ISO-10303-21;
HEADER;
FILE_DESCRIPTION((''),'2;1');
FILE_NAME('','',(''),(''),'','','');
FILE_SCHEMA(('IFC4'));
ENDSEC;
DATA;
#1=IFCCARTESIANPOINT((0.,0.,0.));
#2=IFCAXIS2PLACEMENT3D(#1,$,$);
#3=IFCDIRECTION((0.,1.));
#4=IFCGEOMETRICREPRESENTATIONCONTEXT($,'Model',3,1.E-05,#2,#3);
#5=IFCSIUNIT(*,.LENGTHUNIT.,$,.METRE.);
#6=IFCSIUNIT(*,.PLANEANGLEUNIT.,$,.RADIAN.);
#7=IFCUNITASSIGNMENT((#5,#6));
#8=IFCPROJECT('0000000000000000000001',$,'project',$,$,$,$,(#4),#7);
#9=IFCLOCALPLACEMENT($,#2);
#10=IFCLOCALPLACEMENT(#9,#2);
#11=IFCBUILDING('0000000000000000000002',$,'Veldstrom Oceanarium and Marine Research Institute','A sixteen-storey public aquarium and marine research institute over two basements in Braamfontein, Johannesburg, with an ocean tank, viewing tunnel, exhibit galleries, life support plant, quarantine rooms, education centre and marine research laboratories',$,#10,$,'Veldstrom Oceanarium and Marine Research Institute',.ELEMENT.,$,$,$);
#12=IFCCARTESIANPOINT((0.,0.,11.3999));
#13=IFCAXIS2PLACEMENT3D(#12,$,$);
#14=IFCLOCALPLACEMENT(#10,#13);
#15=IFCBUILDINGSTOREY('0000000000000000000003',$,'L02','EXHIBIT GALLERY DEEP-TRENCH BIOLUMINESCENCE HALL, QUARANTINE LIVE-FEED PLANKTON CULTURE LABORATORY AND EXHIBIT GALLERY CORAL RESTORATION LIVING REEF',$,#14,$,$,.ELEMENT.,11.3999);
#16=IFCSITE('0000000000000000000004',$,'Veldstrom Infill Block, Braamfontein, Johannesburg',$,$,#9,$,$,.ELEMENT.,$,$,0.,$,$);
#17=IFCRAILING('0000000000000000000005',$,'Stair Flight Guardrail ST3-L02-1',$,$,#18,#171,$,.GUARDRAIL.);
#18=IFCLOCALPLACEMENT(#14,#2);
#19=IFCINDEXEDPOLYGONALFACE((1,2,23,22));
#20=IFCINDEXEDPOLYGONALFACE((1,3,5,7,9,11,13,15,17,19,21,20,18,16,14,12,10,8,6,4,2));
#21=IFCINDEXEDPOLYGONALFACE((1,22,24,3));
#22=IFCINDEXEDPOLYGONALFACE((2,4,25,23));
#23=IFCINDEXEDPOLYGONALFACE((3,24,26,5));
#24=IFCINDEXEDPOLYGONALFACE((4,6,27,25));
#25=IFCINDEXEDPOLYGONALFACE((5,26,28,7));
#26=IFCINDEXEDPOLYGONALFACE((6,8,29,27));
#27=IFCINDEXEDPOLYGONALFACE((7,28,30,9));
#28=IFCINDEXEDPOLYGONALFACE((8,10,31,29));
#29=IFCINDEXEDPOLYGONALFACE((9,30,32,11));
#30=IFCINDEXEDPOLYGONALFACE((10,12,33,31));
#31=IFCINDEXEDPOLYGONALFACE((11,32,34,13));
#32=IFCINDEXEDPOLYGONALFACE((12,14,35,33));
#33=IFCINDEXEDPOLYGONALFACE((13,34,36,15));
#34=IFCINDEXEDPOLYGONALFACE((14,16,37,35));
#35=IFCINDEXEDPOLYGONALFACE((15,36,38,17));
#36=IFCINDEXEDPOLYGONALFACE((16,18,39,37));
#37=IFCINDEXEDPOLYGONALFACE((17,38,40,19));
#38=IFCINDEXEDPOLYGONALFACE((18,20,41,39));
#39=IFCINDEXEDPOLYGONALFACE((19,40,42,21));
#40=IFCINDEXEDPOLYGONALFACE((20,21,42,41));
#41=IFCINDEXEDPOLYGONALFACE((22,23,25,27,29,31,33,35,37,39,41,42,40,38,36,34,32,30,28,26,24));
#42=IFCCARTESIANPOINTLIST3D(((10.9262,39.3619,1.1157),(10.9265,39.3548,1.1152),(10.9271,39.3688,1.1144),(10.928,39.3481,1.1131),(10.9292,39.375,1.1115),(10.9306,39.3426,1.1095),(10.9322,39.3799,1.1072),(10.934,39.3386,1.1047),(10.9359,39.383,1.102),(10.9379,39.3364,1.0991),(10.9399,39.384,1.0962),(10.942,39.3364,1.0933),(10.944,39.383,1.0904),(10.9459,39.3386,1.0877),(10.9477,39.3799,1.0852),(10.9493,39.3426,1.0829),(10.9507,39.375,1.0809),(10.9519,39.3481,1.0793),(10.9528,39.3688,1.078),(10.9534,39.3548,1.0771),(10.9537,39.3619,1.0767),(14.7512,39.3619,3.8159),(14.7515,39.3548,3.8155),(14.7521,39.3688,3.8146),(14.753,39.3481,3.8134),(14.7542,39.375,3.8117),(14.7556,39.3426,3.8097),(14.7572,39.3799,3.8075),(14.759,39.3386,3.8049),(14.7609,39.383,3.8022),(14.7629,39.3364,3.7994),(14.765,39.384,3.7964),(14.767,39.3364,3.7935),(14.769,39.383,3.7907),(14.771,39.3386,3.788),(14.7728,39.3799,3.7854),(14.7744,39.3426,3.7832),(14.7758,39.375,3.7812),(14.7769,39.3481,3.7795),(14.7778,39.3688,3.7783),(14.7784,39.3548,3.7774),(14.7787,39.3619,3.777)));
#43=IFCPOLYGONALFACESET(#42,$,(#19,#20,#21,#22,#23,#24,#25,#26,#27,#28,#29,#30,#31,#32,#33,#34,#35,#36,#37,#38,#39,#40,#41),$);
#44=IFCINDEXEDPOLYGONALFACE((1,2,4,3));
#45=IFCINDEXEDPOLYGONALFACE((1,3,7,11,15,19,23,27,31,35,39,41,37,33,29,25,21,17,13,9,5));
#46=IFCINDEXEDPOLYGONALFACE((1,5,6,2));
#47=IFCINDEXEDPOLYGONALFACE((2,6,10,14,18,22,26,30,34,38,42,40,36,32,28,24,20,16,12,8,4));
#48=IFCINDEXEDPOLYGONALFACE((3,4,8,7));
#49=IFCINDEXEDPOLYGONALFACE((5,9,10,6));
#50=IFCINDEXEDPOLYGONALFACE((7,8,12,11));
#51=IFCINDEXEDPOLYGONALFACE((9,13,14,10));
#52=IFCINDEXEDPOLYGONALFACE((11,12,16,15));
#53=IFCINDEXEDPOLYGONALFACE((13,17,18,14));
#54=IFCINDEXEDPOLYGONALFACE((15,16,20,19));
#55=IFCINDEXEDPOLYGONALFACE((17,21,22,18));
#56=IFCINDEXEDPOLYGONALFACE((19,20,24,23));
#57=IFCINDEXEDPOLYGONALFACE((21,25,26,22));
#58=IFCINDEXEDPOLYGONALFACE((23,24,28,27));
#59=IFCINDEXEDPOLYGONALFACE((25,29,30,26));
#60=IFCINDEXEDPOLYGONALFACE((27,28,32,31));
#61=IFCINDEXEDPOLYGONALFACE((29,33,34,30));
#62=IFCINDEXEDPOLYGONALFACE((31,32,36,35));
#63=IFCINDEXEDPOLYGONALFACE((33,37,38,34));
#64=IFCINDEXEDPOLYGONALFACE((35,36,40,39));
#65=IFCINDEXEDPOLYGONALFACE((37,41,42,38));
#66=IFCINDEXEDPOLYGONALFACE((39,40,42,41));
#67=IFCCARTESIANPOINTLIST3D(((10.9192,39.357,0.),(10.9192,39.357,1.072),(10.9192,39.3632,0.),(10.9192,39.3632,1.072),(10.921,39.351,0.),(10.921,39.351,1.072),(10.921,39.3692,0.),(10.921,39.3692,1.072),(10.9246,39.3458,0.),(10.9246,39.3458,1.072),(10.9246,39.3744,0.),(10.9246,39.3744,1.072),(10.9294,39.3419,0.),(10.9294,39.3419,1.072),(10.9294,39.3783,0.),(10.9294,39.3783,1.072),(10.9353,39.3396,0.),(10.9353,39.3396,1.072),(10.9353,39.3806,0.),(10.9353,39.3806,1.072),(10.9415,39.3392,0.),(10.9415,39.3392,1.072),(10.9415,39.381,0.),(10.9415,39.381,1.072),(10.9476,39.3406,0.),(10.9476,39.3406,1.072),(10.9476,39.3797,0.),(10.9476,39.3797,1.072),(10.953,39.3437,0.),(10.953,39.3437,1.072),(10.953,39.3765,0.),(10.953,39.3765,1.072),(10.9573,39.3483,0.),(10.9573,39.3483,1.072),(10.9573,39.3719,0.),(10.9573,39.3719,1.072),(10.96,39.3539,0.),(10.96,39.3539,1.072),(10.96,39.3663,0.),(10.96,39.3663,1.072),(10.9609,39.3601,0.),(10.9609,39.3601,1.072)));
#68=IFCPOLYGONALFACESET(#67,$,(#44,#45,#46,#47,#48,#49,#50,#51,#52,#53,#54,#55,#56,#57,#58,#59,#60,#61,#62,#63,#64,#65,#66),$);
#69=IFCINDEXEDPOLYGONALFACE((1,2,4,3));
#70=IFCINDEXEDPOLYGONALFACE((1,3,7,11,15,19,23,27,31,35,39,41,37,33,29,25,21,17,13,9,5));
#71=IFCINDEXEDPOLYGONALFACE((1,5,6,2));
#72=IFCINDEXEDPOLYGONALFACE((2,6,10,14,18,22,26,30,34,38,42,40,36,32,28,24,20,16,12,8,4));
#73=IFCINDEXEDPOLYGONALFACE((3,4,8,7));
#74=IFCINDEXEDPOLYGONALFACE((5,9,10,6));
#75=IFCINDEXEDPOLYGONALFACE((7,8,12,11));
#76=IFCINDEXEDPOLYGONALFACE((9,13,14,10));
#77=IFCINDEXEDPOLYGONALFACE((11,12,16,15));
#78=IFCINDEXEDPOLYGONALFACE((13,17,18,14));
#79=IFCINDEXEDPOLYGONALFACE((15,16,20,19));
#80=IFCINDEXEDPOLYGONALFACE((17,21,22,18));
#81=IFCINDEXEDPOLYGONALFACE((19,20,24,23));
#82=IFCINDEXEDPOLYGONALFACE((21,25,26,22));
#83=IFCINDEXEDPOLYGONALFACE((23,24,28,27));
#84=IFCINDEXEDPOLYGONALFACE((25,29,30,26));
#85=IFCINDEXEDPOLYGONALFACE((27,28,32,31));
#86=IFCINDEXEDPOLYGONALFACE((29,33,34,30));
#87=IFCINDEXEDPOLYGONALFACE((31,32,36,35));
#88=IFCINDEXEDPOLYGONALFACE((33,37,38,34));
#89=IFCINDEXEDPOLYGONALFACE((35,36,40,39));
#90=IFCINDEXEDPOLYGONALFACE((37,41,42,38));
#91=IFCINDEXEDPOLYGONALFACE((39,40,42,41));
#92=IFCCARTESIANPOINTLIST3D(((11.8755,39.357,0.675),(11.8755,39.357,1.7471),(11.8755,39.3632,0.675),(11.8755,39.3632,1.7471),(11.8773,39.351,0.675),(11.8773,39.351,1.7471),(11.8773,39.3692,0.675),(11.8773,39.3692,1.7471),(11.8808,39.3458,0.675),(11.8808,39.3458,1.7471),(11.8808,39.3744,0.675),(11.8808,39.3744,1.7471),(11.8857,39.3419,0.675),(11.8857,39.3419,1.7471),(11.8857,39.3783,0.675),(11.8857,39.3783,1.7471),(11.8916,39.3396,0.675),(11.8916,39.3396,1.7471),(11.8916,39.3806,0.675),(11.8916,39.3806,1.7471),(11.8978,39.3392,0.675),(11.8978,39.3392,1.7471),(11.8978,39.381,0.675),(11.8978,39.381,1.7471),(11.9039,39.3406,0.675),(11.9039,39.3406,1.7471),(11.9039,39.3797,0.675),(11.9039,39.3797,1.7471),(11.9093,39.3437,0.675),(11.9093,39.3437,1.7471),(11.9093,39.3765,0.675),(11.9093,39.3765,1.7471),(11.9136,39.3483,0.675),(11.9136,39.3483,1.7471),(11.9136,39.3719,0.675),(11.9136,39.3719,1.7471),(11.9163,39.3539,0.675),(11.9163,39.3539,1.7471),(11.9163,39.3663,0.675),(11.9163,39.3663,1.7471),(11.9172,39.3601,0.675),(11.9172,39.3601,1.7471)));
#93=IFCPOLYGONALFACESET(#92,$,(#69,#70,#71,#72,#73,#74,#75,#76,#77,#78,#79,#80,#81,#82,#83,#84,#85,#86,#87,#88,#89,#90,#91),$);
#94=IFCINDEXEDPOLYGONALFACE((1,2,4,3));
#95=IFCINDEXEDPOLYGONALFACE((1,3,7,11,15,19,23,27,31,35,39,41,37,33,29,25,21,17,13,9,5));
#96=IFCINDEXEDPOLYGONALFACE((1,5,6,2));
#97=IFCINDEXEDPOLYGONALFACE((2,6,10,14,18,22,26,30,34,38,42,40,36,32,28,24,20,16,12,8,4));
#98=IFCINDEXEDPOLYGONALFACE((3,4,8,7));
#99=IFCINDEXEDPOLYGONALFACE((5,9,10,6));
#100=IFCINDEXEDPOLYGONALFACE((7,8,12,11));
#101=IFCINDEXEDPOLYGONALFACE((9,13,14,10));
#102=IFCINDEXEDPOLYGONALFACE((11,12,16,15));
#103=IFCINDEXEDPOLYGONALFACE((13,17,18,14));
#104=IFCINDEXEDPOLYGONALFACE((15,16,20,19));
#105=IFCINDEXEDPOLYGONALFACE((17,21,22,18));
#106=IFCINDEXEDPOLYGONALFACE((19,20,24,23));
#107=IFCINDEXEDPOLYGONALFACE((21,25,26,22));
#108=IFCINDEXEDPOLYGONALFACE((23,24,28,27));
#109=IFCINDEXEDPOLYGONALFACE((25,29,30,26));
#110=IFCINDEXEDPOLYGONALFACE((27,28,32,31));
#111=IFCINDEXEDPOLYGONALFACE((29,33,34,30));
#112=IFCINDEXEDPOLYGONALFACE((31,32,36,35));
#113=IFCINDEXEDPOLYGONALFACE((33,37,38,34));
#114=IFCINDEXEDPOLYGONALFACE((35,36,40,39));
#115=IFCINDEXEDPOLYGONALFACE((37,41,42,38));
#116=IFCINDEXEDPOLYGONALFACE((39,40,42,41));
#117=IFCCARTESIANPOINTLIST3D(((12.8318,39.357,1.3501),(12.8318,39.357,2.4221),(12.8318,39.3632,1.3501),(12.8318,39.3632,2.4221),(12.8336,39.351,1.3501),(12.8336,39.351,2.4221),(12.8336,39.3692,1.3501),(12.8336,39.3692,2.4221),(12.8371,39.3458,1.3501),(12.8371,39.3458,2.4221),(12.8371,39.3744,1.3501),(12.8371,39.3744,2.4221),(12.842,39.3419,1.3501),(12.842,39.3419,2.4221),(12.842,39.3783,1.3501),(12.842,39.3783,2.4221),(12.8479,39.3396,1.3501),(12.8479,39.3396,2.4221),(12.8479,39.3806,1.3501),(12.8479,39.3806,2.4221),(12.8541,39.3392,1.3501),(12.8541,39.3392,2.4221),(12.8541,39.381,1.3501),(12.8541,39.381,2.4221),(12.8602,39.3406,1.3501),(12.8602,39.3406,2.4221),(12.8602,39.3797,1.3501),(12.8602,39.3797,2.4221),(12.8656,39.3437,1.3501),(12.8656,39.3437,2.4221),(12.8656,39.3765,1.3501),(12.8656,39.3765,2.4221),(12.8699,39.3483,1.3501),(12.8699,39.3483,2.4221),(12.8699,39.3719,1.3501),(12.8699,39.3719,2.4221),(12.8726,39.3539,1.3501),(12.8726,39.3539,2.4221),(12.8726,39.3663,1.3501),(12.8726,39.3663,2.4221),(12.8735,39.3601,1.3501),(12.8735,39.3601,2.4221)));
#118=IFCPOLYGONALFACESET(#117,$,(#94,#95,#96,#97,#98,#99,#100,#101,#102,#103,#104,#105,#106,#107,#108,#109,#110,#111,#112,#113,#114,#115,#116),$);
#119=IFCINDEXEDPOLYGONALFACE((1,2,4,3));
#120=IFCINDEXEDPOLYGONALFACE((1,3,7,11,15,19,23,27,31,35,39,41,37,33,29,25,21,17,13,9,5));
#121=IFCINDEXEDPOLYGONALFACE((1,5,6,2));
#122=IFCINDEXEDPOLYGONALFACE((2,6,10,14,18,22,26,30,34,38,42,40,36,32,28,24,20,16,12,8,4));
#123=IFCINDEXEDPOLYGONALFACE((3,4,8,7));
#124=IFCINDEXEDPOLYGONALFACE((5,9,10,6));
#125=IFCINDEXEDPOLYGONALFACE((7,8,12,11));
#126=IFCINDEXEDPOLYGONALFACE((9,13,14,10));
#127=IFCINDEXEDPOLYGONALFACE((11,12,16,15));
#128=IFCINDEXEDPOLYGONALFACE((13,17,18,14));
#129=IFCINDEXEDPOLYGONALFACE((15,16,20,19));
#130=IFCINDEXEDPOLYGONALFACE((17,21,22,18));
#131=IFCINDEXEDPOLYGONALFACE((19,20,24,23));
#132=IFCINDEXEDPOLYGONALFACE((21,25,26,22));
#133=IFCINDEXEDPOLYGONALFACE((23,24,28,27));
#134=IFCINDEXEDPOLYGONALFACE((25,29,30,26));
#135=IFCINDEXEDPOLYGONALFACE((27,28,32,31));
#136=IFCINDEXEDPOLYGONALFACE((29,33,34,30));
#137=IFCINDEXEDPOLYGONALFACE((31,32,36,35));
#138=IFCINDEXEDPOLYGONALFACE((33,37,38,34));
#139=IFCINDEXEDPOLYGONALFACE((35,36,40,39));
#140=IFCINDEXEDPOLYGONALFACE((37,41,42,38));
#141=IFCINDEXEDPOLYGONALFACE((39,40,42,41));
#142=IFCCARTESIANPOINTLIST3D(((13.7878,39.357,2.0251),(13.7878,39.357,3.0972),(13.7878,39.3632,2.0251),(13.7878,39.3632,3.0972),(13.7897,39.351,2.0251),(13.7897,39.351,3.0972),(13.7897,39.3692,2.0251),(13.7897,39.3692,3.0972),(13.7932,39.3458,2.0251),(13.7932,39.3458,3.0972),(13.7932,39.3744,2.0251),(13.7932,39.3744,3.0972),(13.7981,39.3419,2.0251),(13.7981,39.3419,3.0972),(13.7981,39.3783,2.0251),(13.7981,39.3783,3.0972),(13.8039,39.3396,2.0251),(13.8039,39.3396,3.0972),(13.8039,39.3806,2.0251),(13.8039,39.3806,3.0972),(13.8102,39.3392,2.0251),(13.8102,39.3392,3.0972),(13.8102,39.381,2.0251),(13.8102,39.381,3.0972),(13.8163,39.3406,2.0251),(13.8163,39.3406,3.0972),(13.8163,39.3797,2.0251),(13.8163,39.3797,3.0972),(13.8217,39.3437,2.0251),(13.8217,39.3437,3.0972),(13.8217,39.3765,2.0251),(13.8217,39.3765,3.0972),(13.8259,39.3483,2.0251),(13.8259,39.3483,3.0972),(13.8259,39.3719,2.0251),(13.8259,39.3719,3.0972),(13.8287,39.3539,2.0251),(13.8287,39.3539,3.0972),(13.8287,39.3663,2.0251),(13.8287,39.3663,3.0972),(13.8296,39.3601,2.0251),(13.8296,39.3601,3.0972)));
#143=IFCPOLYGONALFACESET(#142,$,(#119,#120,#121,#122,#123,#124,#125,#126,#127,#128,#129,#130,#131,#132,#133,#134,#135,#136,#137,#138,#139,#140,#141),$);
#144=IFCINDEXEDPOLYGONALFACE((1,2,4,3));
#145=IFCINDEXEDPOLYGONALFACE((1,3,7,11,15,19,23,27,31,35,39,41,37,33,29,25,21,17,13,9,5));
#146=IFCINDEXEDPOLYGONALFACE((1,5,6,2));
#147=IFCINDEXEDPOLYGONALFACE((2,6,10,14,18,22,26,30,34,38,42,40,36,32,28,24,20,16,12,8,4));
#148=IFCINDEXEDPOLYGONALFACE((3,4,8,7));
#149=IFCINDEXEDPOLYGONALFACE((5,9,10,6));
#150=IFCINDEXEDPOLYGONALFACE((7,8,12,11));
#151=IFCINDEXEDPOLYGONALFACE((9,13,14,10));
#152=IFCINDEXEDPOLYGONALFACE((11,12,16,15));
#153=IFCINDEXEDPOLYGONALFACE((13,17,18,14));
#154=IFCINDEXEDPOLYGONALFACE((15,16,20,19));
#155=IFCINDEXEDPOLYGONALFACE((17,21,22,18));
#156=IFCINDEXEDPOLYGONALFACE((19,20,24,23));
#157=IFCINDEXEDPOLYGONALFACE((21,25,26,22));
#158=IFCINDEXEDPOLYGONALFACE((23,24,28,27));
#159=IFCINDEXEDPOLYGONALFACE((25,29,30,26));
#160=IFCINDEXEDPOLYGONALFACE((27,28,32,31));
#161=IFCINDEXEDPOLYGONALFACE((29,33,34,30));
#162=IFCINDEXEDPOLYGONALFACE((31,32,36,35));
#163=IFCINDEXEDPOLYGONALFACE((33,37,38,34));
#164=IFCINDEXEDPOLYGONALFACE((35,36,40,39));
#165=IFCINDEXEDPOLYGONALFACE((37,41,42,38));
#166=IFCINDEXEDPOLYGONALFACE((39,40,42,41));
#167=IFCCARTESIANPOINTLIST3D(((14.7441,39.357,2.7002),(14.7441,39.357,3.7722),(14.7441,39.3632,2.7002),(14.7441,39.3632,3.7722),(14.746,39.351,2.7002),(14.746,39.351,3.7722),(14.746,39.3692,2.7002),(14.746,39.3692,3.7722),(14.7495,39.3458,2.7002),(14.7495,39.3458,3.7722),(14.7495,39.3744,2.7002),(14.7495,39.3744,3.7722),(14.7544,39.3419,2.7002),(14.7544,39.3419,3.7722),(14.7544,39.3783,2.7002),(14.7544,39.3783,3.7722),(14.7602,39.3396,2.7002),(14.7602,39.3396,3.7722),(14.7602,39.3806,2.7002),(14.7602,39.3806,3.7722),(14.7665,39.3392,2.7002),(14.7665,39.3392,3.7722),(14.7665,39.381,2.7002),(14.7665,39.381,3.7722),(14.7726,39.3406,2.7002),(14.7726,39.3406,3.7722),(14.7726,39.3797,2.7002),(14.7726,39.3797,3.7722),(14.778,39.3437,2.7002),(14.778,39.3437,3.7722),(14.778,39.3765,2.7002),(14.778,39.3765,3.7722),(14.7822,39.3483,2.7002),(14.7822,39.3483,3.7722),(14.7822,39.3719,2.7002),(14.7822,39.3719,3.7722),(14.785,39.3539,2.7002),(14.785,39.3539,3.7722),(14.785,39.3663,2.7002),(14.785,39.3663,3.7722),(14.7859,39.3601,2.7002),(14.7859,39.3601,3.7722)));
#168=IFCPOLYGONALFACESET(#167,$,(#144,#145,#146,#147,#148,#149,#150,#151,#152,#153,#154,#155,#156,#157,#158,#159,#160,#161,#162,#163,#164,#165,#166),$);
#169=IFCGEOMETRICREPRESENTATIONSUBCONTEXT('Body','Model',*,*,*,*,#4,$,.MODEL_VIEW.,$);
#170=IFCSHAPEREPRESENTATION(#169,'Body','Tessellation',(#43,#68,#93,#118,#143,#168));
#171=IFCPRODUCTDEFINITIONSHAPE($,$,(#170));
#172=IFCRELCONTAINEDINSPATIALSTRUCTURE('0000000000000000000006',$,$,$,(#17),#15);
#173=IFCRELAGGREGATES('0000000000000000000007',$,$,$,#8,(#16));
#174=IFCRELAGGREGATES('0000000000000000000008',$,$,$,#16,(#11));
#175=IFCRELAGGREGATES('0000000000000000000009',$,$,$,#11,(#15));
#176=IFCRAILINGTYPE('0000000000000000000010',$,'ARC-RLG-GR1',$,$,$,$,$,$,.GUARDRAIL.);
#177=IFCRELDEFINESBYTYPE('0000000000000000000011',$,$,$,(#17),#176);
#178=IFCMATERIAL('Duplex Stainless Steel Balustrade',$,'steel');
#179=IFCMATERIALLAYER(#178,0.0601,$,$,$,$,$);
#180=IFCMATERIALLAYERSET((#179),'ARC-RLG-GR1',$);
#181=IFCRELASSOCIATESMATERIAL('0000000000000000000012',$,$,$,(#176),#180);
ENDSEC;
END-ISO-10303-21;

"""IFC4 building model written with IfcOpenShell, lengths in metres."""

from ifc_helpers import new_model, si_unit, direction, frame, origin, origin_2d, place, context, subcontext, project, spatial, circle, extrude, material, layer, layer_set, type_object, element, save


model = new_model("IFC4")

# Units and contexts
model_context = context("Model", 3, precision=1e-05, world=origin(), true_north=direction((0.0, 1.0)))
body_context = subcontext(model_context, "Body", "Model", "MODEL_VIEW")
ifc_project = project(units=[si_unit("LENGTHUNIT", "METRE"), si_unit("PLANEANGLEUNIT", "RADIAN")], contexts=[model_context])

# Site, building, storey
site_placement = place(None, origin())
site = spatial("IfcSite", under=ifc_project, at=site_placement, Name="Veldstrom Infill Block, Braamfontein, Johannesburg", CompositionType="ELEMENT", RefElevation=0.0)
building_placement = place(site_placement, origin())
building = spatial("IfcBuilding", under=site, at=building_placement, Name="Veldstrom Oceanarium and Marine Research Institute", Description="A sixteen-storey public aquarium and marine research institute over two basements in Braamfontein, Johannesburg, with an ocean tank, viewing tunnel, exhibit galleries, life support plant, quarantine rooms, education centre and marine research laboratories", LongName="Veldstrom Oceanarium and Marine Research Institute", CompositionType="ELEMENT")
storey_placement = place(building_placement, frame((0.0, 0.0, 11.3999)))
storey = spatial("IfcBuildingStorey", under=building, at=storey_placement, Name="L02", Description="EXHIBIT GALLERY DEEP-TRENCH BIOLUMINESCENCE HALL, QUARANTINE LIVE-FEED PLANKTON CULTURE LABORATORY AND EXHIBIT GALLERY CORAL RESTORATION LIVING REEF", CompositionType="ELEMENT", Elevation=11.3999)

# Railing
ifc_material_1 = material(Name="Duplex Stainless Steel Balustrade", Category="steel")
ifc_layer_1 = layer(ifc_material_1, 0.0601)
ifc_layer_set_1 = layer_set([ifc_layer_1], Name="ARC-RLG-GR1")
railing_type_1 = type_object("IfcRailingType", Name="ARC-RLG-GR1", PredefinedType="GUARDRAIL", material=ifc_layer_set_1)
railing_1_placement = place(storey_placement, frame((10.9399, 39.3601, 0.0)))
element("IfcRailing", 1, at=railing_1_placement, inside=storey, type_object=railing_type_1, Name="Stair Flight Guardrail ST3-L02-1", PredefinedType="GUARDRAIL", context=body_context, shape_type="SweptSolid", body=[
    extrude(circle(Radius=0.0239, at=origin_2d()), frame((0.0, 0.0, 1.0962), z_axis=(0.816945, 0.0, 0.576716), x_axis=(0.0, 1.0, 0.0)), (0.0, 0.0, 1.0), 4.6821),
    extrude(circle(Radius=0.021, at=origin_2d()), origin(), (0.0, 0.0, 1.0), 1.072),
    extrude(circle(Radius=0.021, at=origin_2d()), frame((0.9563, 0.0, 0.675)), (0.0, 0.0, 1.0), 1.072),
    extrude(circle(Radius=0.021, at=origin_2d()), frame((1.9126, 0.0, 1.3501)), (0.0, 0.0, 1.0), 1.072),
    extrude(circle(Radius=0.021, at=origin_2d()), frame((2.8687, 0.0, 2.0251)), (0.0, 0.0, 1.0), 1.072),
    extrude(circle(Radius=0.021, at=origin_2d()), frame((3.825, 0.0, 2.7002)), (0.0, 0.0, 1.0), 1.072),
])

save(model, "model.ifc")
